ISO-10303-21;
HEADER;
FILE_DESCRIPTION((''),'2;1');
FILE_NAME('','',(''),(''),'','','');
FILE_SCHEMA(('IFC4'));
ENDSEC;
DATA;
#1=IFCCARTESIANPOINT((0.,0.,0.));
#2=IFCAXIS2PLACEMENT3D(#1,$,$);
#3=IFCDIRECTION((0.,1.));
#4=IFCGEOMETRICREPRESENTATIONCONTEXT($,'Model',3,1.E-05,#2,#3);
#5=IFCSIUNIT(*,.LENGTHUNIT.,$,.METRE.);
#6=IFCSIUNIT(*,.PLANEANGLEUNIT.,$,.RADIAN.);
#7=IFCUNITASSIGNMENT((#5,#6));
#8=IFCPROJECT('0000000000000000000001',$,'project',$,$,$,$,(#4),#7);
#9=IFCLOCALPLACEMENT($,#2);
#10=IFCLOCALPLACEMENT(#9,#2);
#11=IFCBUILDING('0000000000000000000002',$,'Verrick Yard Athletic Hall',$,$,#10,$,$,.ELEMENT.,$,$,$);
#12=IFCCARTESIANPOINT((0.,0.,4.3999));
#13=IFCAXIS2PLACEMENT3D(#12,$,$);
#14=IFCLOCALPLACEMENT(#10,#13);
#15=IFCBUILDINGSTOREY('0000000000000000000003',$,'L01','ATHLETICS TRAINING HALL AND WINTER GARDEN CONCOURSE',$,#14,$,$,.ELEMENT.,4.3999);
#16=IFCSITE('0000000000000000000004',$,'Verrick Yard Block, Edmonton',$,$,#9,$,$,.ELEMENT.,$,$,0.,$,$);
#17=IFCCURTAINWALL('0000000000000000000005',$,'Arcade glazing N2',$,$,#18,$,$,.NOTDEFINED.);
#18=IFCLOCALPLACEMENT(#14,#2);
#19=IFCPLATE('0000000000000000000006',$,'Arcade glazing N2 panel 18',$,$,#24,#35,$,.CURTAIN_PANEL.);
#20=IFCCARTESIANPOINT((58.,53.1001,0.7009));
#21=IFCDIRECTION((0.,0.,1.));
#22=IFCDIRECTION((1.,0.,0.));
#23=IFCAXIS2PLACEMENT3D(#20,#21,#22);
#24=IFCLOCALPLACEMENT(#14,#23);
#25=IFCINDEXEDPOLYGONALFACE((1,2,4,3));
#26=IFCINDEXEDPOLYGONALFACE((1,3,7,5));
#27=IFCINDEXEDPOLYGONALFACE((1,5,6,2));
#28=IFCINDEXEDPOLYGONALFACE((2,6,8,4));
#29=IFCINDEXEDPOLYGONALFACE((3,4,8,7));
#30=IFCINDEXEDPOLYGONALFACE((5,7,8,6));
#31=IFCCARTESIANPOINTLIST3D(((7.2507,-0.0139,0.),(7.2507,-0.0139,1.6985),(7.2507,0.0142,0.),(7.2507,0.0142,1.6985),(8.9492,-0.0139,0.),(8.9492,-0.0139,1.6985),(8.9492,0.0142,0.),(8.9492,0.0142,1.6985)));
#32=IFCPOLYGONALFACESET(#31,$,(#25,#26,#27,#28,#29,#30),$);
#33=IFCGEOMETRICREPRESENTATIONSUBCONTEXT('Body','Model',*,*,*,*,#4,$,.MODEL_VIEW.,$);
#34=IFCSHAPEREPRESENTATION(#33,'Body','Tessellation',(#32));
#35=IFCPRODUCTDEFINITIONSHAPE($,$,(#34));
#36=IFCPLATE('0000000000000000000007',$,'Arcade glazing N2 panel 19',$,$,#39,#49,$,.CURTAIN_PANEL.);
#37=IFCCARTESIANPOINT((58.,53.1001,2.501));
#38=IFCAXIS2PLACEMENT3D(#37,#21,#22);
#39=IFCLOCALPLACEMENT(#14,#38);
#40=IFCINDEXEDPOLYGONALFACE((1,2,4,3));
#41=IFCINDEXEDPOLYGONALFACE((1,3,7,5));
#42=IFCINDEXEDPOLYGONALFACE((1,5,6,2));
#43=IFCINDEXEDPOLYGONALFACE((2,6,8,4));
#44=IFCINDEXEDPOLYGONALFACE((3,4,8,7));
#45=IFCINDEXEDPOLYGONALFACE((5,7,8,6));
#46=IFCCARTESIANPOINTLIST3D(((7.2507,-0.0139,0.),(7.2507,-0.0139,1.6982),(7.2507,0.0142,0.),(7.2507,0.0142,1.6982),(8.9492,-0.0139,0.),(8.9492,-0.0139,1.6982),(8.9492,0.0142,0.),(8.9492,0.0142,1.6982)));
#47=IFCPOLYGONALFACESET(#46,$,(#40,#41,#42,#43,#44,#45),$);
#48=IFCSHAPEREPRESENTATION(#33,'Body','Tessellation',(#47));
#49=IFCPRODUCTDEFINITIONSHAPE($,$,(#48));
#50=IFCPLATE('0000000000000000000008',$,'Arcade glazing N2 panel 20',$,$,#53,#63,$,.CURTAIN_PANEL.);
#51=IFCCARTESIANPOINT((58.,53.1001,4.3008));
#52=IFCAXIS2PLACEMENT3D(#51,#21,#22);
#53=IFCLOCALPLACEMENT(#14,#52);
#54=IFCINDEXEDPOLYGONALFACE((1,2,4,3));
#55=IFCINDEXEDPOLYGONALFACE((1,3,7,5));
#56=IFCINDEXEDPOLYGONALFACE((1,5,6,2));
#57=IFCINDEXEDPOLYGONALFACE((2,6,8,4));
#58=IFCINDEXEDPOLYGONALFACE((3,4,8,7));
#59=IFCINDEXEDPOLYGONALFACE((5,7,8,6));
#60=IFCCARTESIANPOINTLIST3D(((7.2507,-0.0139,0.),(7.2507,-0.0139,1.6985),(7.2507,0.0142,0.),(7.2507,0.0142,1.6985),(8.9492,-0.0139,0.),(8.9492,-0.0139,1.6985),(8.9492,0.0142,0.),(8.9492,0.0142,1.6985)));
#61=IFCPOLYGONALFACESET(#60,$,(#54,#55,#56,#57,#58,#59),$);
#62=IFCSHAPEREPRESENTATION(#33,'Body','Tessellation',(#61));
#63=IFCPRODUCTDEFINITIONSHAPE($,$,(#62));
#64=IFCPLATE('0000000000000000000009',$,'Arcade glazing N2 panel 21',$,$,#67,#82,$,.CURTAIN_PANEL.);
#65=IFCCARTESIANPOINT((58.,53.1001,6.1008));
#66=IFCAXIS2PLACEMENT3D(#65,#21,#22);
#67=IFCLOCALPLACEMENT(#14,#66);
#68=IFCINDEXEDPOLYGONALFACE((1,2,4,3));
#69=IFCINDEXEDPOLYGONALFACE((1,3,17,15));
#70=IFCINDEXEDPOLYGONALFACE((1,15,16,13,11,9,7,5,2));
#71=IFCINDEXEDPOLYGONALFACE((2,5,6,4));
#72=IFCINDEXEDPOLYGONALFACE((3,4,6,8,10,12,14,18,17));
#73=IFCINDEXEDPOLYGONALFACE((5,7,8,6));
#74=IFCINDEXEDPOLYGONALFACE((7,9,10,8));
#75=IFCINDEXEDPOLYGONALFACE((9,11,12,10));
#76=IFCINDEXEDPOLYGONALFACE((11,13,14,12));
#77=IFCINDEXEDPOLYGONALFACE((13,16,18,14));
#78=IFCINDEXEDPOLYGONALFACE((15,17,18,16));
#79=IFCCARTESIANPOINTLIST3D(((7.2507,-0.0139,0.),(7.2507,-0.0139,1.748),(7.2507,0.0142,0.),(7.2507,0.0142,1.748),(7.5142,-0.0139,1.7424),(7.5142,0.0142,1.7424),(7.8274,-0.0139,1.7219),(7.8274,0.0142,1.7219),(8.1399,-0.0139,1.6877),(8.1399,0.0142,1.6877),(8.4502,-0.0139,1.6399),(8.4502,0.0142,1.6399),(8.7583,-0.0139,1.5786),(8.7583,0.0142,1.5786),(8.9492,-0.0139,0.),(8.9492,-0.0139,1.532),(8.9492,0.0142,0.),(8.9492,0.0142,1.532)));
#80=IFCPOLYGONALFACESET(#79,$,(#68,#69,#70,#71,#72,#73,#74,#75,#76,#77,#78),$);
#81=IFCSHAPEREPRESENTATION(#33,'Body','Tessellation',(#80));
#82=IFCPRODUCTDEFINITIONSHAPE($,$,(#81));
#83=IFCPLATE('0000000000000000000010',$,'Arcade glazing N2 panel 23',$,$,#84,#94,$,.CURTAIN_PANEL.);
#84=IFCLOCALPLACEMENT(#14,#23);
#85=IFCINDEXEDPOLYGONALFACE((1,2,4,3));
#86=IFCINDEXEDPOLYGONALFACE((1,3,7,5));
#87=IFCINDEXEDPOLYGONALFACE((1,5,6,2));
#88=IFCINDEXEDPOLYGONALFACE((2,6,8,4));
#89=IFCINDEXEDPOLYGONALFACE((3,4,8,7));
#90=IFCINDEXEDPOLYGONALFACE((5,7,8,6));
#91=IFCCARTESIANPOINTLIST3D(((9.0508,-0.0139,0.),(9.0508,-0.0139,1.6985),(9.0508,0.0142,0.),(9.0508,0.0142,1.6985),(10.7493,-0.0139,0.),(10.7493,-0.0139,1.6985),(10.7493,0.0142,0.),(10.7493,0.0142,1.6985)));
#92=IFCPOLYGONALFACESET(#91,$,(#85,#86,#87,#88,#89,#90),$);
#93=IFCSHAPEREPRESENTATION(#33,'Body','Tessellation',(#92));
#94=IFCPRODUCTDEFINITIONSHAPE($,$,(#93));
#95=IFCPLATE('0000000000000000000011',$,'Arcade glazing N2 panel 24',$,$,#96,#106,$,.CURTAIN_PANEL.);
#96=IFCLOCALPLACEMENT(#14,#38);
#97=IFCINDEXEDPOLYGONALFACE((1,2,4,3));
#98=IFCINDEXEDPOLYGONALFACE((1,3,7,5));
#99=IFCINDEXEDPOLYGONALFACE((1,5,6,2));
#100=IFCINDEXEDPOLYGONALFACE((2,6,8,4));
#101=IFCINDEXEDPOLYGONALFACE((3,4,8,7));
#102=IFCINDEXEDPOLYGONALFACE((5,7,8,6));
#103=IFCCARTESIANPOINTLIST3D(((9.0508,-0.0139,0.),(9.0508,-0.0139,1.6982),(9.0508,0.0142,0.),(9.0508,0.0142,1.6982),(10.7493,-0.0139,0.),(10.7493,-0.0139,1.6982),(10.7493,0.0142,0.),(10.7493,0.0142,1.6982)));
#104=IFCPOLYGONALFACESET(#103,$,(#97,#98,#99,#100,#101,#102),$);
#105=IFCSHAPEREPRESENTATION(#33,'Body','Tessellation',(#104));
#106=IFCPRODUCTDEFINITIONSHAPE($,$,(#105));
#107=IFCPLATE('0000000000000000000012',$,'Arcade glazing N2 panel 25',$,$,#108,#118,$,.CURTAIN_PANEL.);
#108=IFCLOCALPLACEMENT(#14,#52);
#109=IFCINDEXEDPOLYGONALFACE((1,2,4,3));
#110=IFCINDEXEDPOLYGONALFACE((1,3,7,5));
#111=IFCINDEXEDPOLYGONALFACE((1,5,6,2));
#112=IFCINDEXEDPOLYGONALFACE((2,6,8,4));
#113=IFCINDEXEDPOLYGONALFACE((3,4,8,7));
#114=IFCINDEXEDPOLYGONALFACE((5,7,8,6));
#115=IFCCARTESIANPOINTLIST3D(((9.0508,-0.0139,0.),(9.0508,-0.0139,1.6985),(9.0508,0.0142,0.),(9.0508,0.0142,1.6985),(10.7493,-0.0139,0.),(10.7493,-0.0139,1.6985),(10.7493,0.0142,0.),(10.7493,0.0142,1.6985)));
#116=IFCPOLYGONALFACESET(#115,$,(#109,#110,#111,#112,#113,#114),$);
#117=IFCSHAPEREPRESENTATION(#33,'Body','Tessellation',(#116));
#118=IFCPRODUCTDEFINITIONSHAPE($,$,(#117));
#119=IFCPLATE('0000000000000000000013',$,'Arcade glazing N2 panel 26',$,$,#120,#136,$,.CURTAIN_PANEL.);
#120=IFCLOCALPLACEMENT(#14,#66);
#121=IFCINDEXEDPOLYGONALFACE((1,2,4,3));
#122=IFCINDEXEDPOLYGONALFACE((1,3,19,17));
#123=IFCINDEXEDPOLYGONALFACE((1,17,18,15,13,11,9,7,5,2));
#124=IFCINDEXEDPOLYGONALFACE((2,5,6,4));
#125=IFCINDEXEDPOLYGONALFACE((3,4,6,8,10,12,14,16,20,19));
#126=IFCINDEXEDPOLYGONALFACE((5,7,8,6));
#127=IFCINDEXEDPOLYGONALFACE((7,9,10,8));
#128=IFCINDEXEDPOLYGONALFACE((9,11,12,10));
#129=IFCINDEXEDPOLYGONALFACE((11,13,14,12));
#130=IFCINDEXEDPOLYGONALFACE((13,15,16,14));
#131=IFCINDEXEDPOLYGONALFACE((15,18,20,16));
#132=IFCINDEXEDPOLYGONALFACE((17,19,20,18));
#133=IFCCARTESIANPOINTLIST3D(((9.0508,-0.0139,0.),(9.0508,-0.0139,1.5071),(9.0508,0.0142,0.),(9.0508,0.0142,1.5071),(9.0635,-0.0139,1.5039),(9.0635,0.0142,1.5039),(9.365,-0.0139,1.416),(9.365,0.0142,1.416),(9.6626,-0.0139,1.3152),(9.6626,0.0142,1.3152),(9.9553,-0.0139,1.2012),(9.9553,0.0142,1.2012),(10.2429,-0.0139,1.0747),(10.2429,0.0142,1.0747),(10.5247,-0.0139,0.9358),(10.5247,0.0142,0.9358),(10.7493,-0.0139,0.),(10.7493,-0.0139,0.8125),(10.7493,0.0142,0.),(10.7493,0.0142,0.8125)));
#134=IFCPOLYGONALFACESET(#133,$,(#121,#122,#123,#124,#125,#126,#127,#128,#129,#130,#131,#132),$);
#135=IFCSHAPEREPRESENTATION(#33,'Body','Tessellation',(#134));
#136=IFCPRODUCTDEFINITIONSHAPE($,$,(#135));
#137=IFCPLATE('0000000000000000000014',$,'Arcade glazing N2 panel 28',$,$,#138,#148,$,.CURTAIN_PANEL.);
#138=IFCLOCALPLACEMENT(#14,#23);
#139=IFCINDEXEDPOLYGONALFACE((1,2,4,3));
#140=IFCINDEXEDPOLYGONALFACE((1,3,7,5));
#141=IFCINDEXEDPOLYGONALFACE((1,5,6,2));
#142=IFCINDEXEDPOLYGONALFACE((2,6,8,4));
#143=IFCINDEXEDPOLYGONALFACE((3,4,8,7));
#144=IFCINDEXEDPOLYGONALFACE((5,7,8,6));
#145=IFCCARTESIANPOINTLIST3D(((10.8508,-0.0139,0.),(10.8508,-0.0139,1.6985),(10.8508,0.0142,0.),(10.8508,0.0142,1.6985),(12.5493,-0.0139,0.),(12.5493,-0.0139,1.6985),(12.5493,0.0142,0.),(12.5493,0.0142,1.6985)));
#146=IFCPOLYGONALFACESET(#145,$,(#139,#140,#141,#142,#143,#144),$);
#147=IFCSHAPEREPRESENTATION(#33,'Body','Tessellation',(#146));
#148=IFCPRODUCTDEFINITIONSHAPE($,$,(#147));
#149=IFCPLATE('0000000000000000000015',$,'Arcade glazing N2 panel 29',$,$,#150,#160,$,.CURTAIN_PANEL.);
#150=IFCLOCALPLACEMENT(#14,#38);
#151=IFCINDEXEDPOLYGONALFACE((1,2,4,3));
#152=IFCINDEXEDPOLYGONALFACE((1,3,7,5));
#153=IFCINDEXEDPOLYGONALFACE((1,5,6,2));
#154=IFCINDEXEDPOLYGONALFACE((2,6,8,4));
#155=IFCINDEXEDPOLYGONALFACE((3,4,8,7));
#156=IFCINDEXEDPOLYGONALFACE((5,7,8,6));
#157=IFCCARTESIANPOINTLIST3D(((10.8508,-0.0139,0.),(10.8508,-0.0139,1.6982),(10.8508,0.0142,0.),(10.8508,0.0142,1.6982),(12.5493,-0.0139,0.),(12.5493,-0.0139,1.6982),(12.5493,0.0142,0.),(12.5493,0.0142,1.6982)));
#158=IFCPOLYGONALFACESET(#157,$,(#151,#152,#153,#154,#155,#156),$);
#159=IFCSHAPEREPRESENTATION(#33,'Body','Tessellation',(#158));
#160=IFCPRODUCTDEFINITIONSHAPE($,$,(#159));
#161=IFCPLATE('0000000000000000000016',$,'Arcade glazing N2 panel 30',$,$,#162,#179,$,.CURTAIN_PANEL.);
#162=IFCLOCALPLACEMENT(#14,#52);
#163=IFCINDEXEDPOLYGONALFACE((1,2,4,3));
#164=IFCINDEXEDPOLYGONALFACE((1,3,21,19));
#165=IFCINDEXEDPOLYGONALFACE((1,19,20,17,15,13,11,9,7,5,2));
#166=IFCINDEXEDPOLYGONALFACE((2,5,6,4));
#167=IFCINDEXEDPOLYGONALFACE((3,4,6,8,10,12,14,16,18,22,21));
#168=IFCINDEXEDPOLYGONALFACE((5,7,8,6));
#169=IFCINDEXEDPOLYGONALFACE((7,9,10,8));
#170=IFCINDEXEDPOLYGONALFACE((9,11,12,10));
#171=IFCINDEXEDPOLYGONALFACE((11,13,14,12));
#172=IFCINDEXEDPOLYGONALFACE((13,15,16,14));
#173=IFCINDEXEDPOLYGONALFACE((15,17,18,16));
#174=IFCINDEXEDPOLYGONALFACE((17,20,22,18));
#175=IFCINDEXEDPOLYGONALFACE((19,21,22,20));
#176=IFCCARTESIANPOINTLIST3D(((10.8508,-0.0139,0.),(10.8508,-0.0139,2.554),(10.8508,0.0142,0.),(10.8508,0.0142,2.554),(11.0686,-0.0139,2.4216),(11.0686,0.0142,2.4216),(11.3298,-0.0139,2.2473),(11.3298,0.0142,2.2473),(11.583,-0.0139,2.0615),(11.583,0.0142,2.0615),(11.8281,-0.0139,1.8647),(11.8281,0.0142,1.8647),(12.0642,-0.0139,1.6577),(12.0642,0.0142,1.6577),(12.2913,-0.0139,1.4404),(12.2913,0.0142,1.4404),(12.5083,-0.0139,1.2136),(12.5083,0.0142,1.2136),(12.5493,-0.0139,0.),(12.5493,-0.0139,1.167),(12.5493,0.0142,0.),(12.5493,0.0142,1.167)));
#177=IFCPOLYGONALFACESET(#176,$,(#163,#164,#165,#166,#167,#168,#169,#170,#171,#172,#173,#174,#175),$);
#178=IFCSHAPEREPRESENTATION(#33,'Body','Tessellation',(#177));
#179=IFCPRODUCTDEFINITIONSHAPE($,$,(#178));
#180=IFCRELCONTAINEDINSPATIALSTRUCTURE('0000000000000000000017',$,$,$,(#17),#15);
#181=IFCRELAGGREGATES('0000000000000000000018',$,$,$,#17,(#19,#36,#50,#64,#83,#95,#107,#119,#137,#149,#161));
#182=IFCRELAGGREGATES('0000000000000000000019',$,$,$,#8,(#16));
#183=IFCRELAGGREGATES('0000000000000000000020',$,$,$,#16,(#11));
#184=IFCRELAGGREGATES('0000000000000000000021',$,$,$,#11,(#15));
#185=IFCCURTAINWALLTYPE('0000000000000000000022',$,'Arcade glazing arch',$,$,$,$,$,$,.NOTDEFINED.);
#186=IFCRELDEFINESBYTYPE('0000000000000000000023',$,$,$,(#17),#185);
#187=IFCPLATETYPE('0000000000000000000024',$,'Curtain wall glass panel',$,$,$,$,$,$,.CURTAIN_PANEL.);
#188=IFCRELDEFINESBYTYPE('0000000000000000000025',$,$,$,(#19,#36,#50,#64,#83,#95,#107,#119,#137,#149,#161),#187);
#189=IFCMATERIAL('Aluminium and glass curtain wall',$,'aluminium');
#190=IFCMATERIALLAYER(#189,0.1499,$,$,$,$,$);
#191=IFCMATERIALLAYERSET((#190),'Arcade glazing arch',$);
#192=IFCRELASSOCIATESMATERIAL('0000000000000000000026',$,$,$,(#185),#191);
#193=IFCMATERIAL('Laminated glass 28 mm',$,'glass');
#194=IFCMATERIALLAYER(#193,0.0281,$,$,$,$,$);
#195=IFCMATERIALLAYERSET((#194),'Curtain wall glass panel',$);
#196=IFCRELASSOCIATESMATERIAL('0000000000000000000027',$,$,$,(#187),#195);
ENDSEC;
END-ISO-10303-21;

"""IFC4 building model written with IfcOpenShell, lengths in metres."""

from ifc_helpers import new_model, si_unit, direction, frame, origin, place, context, subcontext, project, spatial, polyline, outline, extrude, material, layer, layer_set, type_object, element, aggregate, save


model = new_model("IFC4")

# Units and contexts
model_context = context("Model", 3, precision=1e-05, world=origin(), true_north=direction((0.0, 1.0)))
body_context = subcontext(model_context, "Body", "Model", "MODEL_VIEW")
ifc_project = project(units=[si_unit("LENGTHUNIT", "METRE"), si_unit("PLANEANGLEUNIT", "RADIAN")], contexts=[model_context])

# Site, building, storey
site_placement = place(None, origin())
site = spatial("IfcSite", under=ifc_project, at=site_placement, Name="Verrick Yard Block, Edmonton", CompositionType="ELEMENT", RefElevation=0.0)
building_placement = place(site_placement, origin())
building = spatial("IfcBuilding", under=site, at=building_placement, Name="Verrick Yard Athletic Hall", CompositionType="ELEMENT")
storey_placement = place(building_placement, frame((0.0, 0.0, 4.3999)))
storey = spatial("IfcBuildingStorey", under=building, at=storey_placement, Name="L01", Description="ATHLETICS TRAINING HALL AND WINTER GARDEN CONCOURSE", CompositionType="ELEMENT", Elevation=4.3999)

# Curtain wall, plates
ifc_material_1 = material(Name="Aluminium and glass curtain wall", Category="aluminium")
ifc_layer_1 = layer(ifc_material_1, 0.1499)
ifc_layer_set_1 = layer_set([ifc_layer_1], Name="Arcade glazing arch")
curtain_wall_type = type_object("IfcCurtainWallType", Name="Arcade glazing arch", PredefinedType="NOTDEFINED", material=ifc_layer_set_1)
curtain_wall_placement = place(storey_placement, origin())
curtain_wall = element("IfcCurtainWall", 1, at=curtain_wall_placement, inside=storey, type_object=curtain_wall_type, Name="Arcade glazing N2", PredefinedType="NOTDEFINED")
ifc_material_2 = material(Name="Laminated glass 28 mm", Category="glass")
ifc_layer_2 = layer(ifc_material_2, 0.0281)
ifc_layer_set_2 = layer_set([ifc_layer_2], Name="Curtain wall glass panel")
plate_type = type_object("IfcPlateType", Name="Curtain wall glass panel", PredefinedType="CURTAIN_PANEL", material=ifc_layer_set_2)
plate_1_placement = place(storey_placement, frame((58.0, 53.1001, 0.7009), z_axis=(0.0, 0.0, 1.0), x_axis=(1.0, 0.0, 0.0)))
plate_1 = element("IfcPlate", 2, at=plate_1_placement, type_object=plate_type, Name="Arcade glazing N2 panel 18", PredefinedType="CURTAIN_PANEL", context=body_context, shape_type="SweptSolid", body=[
    extrude(outline(polyline([(8.9492, 0.0), (8.9492, 1.6985), (7.2507, 1.6985), (7.2507, 0.0), (8.9492, 0.0)])), frame((0.0, 0.0142, 0.0), z_axis=(0.0, -1.0, 0.0), x_axis=(1.0, 0.0, 0.0)), (0.0, 0.0, 1.0), 0.0281),
])
plate_2_placement = place(storey_placement, frame((58.0, 53.1001, 2.501), z_axis=(0.0, 0.0, 1.0), x_axis=(1.0, 0.0, 0.0)))
plate_2 = element("IfcPlate", 3, at=plate_2_placement, type_object=plate_type, Name="Arcade glazing N2 panel 19", PredefinedType="CURTAIN_PANEL", context=body_context, shape_type="SweptSolid", body=[
    extrude(outline(polyline([(8.9492, 0.0), (8.9492, 1.6982), (7.2507, 1.6982), (7.2507, 0.0), (8.9492, 0.0)])), frame((0.0, 0.0142, 0.0), z_axis=(0.0, -1.0, 0.0), x_axis=(1.0, 0.0, 0.0)), (0.0, 0.0, 1.0), 0.0281),
])
plate_3_placement = place(storey_placement, frame((58.0, 53.1001, 4.3008), z_axis=(0.0, 0.0, 1.0), x_axis=(1.0, 0.0, 0.0)))
plate_3 = element("IfcPlate", 4, at=plate_3_placement, type_object=plate_type, Name="Arcade glazing N2 panel 20", PredefinedType="CURTAIN_PANEL", context=body_context, shape_type="SweptSolid", body=[
    extrude(outline(polyline([(8.9492, 0.0), (8.9492, 1.6985), (7.2507, 1.6985), (7.2507, 0.0), (8.9492, 0.0)])), frame((0.0, 0.0142, 0.0), z_axis=(0.0, -1.0, 0.0), x_axis=(1.0, 0.0, 0.0)), (0.0, 0.0, 1.0), 0.0281),
])
plate_4_placement = place(storey_placement, frame((58.0, 53.1001, 6.1008), z_axis=(0.0, 0.0, 1.0), x_axis=(1.0, 0.0, 0.0)))
plate_4 = element("IfcPlate", 5, at=plate_4_placement, type_object=plate_type, Name="Arcade glazing N2 panel 21", PredefinedType="CURTAIN_PANEL", context=body_context, shape_type="SweptSolid", body=[
    extrude(outline(polyline([(8.9492, 1.532), (8.7583, 1.5786), (8.4502, 1.6399), (8.1399, 1.6877), (7.8274, 1.7219), (7.5142, 1.7424), (7.2507, 1.748), (7.2507, 0.0), (8.9492, 0.0), (8.9492, 1.532)])), frame((0.0, 0.0142, 0.0), z_axis=(0.0, -1.0, 0.0), x_axis=(1.0, 0.0, 0.0)), (0.0, 0.0, 1.0), 0.0281),
])
plate_5_placement = place(storey_placement, frame((58.0, 53.1001, 0.7009), z_axis=(0.0, 0.0, 1.0), x_axis=(1.0, 0.0, 0.0)))
plate_5 = element("IfcPlate", 6, at=plate_5_placement, type_object=plate_type, Name="Arcade glazing N2 panel 23", PredefinedType="CURTAIN_PANEL", context=body_context, shape_type="SweptSolid", body=[
    extrude(outline(polyline([(10.7493, 0.0), (10.7493, 1.6985), (9.0508, 1.6985), (9.0508, 0.0), (10.7493, 0.0)])), frame((0.0, 0.0142, 0.0), z_axis=(0.0, -1.0, 0.0), x_axis=(1.0, 0.0, 0.0)), (0.0, 0.0, 1.0), 0.0281),
])
plate_6_placement = place(storey_placement, frame((58.0, 53.1001, 2.501), z_axis=(0.0, 0.0, 1.0), x_axis=(1.0, 0.0, 0.0)))
plate_6 = element("IfcPlate", 7, at=plate_6_placement, type_object=plate_type, Name="Arcade glazing N2 panel 24", PredefinedType="CURTAIN_PANEL", context=body_context, shape_type="SweptSolid", body=[
    extrude(outline(polyline([(10.7493, 0.0), (10.7493, 1.6982), (9.0508, 1.6982), (9.0508, 0.0), (10.7493, 0.0)])), frame((0.0, 0.0142, 0.0), z_axis=(0.0, -1.0, 0.0), x_axis=(1.0, 0.0, 0.0)), (0.0, 0.0, 1.0), 0.0281),
])
plate_7_placement = place(storey_placement, frame((58.0, 53.1001, 4.3008), z_axis=(0.0, 0.0, 1.0), x_axis=(1.0, 0.0, 0.0)))
plate_7 = element("IfcPlate", 8, at=plate_7_placement, type_object=plate_type, Name="Arcade glazing N2 panel 25", PredefinedType="CURTAIN_PANEL", context=body_context, shape_type="SweptSolid", body=[
    extrude(outline(polyline([(10.7493, 0.0), (10.7493, 1.6985), (9.0508, 1.6985), (9.0508, 0.0), (10.7493, 0.0)])), frame((0.0, 0.0142, 0.0), z_axis=(0.0, -1.0, 0.0), x_axis=(1.0, 0.0, 0.0)), (0.0, 0.0, 1.0), 0.0281),
])
plate_8_placement = place(storey_placement, frame((58.0, 53.1001, 6.1008), z_axis=(0.0, 0.0, 1.0), x_axis=(1.0, 0.0, 0.0)))
plate_8 = element("IfcPlate", 9, at=plate_8_placement, type_object=plate_type, Name="Arcade glazing N2 panel 26", PredefinedType="CURTAIN_PANEL", context=body_context, shape_type="SweptSolid", body=[
    extrude(outline(polyline([(10.7493, 0.8125), (10.5247, 0.9358), (10.2429, 1.0747), (9.9553, 1.2012), (9.6626, 1.3152), (9.365, 1.416), (9.0635, 1.5039), (9.0508, 1.5071), (9.0508, 0.0), (10.7493, 0.0), (10.7493, 0.8125)])), frame((0.0, 0.0142, 0.0), z_axis=(0.0, -1.0, 0.0), x_axis=(1.0, 0.0, 0.0)), (0.0, 0.0, 1.0), 0.0281),
])
plate_9_placement = place(storey_placement, frame((58.0, 53.1001, 0.7009), z_axis=(0.0, 0.0, 1.0), x_axis=(1.0, 0.0, 0.0)))
plate_9 = element("IfcPlate", 10, at=plate_9_placement, type_object=plate_type, Name="Arcade glazing N2 panel 28", PredefinedType="CURTAIN_PANEL", context=body_context, shape_type="SweptSolid", body=[
    extrude(outline(polyline([(12.5493, 0.0), (12.5493, 1.6985), (10.8508, 1.6985), (10.8508, 0.0), (12.5493, 0.0)])), frame((0.0, 0.0142, 0.0), z_axis=(0.0, -1.0, 0.0), x_axis=(1.0, 0.0, 0.0)), (0.0, 0.0, 1.0), 0.0281),
])
plate_10_placement = place(storey_placement, frame((58.0, 53.1001, 2.501), z_axis=(0.0, 0.0, 1.0), x_axis=(1.0, 0.0, 0.0)))
plate_10 = element("IfcPlate", 11, at=plate_10_placement, type_object=plate_type, Name="Arcade glazing N2 panel 29", PredefinedType="CURTAIN_PANEL", context=body_context, shape_type="SweptSolid", body=[
    extrude(outline(polyline([(12.5493, 0.0), (12.5493, 1.6982), (10.8508, 1.6982), (10.8508, 0.0), (12.5493, 0.0)])), frame((0.0, 0.0142, 0.0), z_axis=(0.0, -1.0, 0.0), x_axis=(1.0, 0.0, 0.0)), (0.0, 0.0, 1.0), 0.0281),
])
plate_11_placement = place(storey_placement, frame((58.0, 53.1001, 4.3008), z_axis=(0.0, 0.0, 1.0), x_axis=(1.0, 0.0, 0.0)))
plate_11 = element("IfcPlate", 12, at=plate_11_placement, type_object=plate_type, Name="Arcade glazing N2 panel 30", PredefinedType="CURTAIN_PANEL", context=body_context, shape_type="SweptSolid", body=[
    extrude(outline(polyline([(12.5493, 1.167), (12.5083, 1.2136), (12.2913, 1.4404), (12.0642, 1.6577), (11.8281, 1.8647), (11.583, 2.0615), (11.3298, 2.2473), (11.0686, 2.4216), (10.8508, 2.554), (10.8508, 0.0), (12.5493, 0.0), (12.5493, 1.167)])), frame((0.0, 0.0142, 0.0), z_axis=(0.0, -1.0, 0.0), x_axis=(1.0, 0.0, 0.0)), (0.0, 0.0, 1.0), 0.0281),
])
aggregate(curtain_wall, [plate_1, plate_2, plate_3, plate_4, plate_5, plate_6, plate_7, plate_8, plate_9, plate_10, plate_11])

save(model, "model.ifc")
